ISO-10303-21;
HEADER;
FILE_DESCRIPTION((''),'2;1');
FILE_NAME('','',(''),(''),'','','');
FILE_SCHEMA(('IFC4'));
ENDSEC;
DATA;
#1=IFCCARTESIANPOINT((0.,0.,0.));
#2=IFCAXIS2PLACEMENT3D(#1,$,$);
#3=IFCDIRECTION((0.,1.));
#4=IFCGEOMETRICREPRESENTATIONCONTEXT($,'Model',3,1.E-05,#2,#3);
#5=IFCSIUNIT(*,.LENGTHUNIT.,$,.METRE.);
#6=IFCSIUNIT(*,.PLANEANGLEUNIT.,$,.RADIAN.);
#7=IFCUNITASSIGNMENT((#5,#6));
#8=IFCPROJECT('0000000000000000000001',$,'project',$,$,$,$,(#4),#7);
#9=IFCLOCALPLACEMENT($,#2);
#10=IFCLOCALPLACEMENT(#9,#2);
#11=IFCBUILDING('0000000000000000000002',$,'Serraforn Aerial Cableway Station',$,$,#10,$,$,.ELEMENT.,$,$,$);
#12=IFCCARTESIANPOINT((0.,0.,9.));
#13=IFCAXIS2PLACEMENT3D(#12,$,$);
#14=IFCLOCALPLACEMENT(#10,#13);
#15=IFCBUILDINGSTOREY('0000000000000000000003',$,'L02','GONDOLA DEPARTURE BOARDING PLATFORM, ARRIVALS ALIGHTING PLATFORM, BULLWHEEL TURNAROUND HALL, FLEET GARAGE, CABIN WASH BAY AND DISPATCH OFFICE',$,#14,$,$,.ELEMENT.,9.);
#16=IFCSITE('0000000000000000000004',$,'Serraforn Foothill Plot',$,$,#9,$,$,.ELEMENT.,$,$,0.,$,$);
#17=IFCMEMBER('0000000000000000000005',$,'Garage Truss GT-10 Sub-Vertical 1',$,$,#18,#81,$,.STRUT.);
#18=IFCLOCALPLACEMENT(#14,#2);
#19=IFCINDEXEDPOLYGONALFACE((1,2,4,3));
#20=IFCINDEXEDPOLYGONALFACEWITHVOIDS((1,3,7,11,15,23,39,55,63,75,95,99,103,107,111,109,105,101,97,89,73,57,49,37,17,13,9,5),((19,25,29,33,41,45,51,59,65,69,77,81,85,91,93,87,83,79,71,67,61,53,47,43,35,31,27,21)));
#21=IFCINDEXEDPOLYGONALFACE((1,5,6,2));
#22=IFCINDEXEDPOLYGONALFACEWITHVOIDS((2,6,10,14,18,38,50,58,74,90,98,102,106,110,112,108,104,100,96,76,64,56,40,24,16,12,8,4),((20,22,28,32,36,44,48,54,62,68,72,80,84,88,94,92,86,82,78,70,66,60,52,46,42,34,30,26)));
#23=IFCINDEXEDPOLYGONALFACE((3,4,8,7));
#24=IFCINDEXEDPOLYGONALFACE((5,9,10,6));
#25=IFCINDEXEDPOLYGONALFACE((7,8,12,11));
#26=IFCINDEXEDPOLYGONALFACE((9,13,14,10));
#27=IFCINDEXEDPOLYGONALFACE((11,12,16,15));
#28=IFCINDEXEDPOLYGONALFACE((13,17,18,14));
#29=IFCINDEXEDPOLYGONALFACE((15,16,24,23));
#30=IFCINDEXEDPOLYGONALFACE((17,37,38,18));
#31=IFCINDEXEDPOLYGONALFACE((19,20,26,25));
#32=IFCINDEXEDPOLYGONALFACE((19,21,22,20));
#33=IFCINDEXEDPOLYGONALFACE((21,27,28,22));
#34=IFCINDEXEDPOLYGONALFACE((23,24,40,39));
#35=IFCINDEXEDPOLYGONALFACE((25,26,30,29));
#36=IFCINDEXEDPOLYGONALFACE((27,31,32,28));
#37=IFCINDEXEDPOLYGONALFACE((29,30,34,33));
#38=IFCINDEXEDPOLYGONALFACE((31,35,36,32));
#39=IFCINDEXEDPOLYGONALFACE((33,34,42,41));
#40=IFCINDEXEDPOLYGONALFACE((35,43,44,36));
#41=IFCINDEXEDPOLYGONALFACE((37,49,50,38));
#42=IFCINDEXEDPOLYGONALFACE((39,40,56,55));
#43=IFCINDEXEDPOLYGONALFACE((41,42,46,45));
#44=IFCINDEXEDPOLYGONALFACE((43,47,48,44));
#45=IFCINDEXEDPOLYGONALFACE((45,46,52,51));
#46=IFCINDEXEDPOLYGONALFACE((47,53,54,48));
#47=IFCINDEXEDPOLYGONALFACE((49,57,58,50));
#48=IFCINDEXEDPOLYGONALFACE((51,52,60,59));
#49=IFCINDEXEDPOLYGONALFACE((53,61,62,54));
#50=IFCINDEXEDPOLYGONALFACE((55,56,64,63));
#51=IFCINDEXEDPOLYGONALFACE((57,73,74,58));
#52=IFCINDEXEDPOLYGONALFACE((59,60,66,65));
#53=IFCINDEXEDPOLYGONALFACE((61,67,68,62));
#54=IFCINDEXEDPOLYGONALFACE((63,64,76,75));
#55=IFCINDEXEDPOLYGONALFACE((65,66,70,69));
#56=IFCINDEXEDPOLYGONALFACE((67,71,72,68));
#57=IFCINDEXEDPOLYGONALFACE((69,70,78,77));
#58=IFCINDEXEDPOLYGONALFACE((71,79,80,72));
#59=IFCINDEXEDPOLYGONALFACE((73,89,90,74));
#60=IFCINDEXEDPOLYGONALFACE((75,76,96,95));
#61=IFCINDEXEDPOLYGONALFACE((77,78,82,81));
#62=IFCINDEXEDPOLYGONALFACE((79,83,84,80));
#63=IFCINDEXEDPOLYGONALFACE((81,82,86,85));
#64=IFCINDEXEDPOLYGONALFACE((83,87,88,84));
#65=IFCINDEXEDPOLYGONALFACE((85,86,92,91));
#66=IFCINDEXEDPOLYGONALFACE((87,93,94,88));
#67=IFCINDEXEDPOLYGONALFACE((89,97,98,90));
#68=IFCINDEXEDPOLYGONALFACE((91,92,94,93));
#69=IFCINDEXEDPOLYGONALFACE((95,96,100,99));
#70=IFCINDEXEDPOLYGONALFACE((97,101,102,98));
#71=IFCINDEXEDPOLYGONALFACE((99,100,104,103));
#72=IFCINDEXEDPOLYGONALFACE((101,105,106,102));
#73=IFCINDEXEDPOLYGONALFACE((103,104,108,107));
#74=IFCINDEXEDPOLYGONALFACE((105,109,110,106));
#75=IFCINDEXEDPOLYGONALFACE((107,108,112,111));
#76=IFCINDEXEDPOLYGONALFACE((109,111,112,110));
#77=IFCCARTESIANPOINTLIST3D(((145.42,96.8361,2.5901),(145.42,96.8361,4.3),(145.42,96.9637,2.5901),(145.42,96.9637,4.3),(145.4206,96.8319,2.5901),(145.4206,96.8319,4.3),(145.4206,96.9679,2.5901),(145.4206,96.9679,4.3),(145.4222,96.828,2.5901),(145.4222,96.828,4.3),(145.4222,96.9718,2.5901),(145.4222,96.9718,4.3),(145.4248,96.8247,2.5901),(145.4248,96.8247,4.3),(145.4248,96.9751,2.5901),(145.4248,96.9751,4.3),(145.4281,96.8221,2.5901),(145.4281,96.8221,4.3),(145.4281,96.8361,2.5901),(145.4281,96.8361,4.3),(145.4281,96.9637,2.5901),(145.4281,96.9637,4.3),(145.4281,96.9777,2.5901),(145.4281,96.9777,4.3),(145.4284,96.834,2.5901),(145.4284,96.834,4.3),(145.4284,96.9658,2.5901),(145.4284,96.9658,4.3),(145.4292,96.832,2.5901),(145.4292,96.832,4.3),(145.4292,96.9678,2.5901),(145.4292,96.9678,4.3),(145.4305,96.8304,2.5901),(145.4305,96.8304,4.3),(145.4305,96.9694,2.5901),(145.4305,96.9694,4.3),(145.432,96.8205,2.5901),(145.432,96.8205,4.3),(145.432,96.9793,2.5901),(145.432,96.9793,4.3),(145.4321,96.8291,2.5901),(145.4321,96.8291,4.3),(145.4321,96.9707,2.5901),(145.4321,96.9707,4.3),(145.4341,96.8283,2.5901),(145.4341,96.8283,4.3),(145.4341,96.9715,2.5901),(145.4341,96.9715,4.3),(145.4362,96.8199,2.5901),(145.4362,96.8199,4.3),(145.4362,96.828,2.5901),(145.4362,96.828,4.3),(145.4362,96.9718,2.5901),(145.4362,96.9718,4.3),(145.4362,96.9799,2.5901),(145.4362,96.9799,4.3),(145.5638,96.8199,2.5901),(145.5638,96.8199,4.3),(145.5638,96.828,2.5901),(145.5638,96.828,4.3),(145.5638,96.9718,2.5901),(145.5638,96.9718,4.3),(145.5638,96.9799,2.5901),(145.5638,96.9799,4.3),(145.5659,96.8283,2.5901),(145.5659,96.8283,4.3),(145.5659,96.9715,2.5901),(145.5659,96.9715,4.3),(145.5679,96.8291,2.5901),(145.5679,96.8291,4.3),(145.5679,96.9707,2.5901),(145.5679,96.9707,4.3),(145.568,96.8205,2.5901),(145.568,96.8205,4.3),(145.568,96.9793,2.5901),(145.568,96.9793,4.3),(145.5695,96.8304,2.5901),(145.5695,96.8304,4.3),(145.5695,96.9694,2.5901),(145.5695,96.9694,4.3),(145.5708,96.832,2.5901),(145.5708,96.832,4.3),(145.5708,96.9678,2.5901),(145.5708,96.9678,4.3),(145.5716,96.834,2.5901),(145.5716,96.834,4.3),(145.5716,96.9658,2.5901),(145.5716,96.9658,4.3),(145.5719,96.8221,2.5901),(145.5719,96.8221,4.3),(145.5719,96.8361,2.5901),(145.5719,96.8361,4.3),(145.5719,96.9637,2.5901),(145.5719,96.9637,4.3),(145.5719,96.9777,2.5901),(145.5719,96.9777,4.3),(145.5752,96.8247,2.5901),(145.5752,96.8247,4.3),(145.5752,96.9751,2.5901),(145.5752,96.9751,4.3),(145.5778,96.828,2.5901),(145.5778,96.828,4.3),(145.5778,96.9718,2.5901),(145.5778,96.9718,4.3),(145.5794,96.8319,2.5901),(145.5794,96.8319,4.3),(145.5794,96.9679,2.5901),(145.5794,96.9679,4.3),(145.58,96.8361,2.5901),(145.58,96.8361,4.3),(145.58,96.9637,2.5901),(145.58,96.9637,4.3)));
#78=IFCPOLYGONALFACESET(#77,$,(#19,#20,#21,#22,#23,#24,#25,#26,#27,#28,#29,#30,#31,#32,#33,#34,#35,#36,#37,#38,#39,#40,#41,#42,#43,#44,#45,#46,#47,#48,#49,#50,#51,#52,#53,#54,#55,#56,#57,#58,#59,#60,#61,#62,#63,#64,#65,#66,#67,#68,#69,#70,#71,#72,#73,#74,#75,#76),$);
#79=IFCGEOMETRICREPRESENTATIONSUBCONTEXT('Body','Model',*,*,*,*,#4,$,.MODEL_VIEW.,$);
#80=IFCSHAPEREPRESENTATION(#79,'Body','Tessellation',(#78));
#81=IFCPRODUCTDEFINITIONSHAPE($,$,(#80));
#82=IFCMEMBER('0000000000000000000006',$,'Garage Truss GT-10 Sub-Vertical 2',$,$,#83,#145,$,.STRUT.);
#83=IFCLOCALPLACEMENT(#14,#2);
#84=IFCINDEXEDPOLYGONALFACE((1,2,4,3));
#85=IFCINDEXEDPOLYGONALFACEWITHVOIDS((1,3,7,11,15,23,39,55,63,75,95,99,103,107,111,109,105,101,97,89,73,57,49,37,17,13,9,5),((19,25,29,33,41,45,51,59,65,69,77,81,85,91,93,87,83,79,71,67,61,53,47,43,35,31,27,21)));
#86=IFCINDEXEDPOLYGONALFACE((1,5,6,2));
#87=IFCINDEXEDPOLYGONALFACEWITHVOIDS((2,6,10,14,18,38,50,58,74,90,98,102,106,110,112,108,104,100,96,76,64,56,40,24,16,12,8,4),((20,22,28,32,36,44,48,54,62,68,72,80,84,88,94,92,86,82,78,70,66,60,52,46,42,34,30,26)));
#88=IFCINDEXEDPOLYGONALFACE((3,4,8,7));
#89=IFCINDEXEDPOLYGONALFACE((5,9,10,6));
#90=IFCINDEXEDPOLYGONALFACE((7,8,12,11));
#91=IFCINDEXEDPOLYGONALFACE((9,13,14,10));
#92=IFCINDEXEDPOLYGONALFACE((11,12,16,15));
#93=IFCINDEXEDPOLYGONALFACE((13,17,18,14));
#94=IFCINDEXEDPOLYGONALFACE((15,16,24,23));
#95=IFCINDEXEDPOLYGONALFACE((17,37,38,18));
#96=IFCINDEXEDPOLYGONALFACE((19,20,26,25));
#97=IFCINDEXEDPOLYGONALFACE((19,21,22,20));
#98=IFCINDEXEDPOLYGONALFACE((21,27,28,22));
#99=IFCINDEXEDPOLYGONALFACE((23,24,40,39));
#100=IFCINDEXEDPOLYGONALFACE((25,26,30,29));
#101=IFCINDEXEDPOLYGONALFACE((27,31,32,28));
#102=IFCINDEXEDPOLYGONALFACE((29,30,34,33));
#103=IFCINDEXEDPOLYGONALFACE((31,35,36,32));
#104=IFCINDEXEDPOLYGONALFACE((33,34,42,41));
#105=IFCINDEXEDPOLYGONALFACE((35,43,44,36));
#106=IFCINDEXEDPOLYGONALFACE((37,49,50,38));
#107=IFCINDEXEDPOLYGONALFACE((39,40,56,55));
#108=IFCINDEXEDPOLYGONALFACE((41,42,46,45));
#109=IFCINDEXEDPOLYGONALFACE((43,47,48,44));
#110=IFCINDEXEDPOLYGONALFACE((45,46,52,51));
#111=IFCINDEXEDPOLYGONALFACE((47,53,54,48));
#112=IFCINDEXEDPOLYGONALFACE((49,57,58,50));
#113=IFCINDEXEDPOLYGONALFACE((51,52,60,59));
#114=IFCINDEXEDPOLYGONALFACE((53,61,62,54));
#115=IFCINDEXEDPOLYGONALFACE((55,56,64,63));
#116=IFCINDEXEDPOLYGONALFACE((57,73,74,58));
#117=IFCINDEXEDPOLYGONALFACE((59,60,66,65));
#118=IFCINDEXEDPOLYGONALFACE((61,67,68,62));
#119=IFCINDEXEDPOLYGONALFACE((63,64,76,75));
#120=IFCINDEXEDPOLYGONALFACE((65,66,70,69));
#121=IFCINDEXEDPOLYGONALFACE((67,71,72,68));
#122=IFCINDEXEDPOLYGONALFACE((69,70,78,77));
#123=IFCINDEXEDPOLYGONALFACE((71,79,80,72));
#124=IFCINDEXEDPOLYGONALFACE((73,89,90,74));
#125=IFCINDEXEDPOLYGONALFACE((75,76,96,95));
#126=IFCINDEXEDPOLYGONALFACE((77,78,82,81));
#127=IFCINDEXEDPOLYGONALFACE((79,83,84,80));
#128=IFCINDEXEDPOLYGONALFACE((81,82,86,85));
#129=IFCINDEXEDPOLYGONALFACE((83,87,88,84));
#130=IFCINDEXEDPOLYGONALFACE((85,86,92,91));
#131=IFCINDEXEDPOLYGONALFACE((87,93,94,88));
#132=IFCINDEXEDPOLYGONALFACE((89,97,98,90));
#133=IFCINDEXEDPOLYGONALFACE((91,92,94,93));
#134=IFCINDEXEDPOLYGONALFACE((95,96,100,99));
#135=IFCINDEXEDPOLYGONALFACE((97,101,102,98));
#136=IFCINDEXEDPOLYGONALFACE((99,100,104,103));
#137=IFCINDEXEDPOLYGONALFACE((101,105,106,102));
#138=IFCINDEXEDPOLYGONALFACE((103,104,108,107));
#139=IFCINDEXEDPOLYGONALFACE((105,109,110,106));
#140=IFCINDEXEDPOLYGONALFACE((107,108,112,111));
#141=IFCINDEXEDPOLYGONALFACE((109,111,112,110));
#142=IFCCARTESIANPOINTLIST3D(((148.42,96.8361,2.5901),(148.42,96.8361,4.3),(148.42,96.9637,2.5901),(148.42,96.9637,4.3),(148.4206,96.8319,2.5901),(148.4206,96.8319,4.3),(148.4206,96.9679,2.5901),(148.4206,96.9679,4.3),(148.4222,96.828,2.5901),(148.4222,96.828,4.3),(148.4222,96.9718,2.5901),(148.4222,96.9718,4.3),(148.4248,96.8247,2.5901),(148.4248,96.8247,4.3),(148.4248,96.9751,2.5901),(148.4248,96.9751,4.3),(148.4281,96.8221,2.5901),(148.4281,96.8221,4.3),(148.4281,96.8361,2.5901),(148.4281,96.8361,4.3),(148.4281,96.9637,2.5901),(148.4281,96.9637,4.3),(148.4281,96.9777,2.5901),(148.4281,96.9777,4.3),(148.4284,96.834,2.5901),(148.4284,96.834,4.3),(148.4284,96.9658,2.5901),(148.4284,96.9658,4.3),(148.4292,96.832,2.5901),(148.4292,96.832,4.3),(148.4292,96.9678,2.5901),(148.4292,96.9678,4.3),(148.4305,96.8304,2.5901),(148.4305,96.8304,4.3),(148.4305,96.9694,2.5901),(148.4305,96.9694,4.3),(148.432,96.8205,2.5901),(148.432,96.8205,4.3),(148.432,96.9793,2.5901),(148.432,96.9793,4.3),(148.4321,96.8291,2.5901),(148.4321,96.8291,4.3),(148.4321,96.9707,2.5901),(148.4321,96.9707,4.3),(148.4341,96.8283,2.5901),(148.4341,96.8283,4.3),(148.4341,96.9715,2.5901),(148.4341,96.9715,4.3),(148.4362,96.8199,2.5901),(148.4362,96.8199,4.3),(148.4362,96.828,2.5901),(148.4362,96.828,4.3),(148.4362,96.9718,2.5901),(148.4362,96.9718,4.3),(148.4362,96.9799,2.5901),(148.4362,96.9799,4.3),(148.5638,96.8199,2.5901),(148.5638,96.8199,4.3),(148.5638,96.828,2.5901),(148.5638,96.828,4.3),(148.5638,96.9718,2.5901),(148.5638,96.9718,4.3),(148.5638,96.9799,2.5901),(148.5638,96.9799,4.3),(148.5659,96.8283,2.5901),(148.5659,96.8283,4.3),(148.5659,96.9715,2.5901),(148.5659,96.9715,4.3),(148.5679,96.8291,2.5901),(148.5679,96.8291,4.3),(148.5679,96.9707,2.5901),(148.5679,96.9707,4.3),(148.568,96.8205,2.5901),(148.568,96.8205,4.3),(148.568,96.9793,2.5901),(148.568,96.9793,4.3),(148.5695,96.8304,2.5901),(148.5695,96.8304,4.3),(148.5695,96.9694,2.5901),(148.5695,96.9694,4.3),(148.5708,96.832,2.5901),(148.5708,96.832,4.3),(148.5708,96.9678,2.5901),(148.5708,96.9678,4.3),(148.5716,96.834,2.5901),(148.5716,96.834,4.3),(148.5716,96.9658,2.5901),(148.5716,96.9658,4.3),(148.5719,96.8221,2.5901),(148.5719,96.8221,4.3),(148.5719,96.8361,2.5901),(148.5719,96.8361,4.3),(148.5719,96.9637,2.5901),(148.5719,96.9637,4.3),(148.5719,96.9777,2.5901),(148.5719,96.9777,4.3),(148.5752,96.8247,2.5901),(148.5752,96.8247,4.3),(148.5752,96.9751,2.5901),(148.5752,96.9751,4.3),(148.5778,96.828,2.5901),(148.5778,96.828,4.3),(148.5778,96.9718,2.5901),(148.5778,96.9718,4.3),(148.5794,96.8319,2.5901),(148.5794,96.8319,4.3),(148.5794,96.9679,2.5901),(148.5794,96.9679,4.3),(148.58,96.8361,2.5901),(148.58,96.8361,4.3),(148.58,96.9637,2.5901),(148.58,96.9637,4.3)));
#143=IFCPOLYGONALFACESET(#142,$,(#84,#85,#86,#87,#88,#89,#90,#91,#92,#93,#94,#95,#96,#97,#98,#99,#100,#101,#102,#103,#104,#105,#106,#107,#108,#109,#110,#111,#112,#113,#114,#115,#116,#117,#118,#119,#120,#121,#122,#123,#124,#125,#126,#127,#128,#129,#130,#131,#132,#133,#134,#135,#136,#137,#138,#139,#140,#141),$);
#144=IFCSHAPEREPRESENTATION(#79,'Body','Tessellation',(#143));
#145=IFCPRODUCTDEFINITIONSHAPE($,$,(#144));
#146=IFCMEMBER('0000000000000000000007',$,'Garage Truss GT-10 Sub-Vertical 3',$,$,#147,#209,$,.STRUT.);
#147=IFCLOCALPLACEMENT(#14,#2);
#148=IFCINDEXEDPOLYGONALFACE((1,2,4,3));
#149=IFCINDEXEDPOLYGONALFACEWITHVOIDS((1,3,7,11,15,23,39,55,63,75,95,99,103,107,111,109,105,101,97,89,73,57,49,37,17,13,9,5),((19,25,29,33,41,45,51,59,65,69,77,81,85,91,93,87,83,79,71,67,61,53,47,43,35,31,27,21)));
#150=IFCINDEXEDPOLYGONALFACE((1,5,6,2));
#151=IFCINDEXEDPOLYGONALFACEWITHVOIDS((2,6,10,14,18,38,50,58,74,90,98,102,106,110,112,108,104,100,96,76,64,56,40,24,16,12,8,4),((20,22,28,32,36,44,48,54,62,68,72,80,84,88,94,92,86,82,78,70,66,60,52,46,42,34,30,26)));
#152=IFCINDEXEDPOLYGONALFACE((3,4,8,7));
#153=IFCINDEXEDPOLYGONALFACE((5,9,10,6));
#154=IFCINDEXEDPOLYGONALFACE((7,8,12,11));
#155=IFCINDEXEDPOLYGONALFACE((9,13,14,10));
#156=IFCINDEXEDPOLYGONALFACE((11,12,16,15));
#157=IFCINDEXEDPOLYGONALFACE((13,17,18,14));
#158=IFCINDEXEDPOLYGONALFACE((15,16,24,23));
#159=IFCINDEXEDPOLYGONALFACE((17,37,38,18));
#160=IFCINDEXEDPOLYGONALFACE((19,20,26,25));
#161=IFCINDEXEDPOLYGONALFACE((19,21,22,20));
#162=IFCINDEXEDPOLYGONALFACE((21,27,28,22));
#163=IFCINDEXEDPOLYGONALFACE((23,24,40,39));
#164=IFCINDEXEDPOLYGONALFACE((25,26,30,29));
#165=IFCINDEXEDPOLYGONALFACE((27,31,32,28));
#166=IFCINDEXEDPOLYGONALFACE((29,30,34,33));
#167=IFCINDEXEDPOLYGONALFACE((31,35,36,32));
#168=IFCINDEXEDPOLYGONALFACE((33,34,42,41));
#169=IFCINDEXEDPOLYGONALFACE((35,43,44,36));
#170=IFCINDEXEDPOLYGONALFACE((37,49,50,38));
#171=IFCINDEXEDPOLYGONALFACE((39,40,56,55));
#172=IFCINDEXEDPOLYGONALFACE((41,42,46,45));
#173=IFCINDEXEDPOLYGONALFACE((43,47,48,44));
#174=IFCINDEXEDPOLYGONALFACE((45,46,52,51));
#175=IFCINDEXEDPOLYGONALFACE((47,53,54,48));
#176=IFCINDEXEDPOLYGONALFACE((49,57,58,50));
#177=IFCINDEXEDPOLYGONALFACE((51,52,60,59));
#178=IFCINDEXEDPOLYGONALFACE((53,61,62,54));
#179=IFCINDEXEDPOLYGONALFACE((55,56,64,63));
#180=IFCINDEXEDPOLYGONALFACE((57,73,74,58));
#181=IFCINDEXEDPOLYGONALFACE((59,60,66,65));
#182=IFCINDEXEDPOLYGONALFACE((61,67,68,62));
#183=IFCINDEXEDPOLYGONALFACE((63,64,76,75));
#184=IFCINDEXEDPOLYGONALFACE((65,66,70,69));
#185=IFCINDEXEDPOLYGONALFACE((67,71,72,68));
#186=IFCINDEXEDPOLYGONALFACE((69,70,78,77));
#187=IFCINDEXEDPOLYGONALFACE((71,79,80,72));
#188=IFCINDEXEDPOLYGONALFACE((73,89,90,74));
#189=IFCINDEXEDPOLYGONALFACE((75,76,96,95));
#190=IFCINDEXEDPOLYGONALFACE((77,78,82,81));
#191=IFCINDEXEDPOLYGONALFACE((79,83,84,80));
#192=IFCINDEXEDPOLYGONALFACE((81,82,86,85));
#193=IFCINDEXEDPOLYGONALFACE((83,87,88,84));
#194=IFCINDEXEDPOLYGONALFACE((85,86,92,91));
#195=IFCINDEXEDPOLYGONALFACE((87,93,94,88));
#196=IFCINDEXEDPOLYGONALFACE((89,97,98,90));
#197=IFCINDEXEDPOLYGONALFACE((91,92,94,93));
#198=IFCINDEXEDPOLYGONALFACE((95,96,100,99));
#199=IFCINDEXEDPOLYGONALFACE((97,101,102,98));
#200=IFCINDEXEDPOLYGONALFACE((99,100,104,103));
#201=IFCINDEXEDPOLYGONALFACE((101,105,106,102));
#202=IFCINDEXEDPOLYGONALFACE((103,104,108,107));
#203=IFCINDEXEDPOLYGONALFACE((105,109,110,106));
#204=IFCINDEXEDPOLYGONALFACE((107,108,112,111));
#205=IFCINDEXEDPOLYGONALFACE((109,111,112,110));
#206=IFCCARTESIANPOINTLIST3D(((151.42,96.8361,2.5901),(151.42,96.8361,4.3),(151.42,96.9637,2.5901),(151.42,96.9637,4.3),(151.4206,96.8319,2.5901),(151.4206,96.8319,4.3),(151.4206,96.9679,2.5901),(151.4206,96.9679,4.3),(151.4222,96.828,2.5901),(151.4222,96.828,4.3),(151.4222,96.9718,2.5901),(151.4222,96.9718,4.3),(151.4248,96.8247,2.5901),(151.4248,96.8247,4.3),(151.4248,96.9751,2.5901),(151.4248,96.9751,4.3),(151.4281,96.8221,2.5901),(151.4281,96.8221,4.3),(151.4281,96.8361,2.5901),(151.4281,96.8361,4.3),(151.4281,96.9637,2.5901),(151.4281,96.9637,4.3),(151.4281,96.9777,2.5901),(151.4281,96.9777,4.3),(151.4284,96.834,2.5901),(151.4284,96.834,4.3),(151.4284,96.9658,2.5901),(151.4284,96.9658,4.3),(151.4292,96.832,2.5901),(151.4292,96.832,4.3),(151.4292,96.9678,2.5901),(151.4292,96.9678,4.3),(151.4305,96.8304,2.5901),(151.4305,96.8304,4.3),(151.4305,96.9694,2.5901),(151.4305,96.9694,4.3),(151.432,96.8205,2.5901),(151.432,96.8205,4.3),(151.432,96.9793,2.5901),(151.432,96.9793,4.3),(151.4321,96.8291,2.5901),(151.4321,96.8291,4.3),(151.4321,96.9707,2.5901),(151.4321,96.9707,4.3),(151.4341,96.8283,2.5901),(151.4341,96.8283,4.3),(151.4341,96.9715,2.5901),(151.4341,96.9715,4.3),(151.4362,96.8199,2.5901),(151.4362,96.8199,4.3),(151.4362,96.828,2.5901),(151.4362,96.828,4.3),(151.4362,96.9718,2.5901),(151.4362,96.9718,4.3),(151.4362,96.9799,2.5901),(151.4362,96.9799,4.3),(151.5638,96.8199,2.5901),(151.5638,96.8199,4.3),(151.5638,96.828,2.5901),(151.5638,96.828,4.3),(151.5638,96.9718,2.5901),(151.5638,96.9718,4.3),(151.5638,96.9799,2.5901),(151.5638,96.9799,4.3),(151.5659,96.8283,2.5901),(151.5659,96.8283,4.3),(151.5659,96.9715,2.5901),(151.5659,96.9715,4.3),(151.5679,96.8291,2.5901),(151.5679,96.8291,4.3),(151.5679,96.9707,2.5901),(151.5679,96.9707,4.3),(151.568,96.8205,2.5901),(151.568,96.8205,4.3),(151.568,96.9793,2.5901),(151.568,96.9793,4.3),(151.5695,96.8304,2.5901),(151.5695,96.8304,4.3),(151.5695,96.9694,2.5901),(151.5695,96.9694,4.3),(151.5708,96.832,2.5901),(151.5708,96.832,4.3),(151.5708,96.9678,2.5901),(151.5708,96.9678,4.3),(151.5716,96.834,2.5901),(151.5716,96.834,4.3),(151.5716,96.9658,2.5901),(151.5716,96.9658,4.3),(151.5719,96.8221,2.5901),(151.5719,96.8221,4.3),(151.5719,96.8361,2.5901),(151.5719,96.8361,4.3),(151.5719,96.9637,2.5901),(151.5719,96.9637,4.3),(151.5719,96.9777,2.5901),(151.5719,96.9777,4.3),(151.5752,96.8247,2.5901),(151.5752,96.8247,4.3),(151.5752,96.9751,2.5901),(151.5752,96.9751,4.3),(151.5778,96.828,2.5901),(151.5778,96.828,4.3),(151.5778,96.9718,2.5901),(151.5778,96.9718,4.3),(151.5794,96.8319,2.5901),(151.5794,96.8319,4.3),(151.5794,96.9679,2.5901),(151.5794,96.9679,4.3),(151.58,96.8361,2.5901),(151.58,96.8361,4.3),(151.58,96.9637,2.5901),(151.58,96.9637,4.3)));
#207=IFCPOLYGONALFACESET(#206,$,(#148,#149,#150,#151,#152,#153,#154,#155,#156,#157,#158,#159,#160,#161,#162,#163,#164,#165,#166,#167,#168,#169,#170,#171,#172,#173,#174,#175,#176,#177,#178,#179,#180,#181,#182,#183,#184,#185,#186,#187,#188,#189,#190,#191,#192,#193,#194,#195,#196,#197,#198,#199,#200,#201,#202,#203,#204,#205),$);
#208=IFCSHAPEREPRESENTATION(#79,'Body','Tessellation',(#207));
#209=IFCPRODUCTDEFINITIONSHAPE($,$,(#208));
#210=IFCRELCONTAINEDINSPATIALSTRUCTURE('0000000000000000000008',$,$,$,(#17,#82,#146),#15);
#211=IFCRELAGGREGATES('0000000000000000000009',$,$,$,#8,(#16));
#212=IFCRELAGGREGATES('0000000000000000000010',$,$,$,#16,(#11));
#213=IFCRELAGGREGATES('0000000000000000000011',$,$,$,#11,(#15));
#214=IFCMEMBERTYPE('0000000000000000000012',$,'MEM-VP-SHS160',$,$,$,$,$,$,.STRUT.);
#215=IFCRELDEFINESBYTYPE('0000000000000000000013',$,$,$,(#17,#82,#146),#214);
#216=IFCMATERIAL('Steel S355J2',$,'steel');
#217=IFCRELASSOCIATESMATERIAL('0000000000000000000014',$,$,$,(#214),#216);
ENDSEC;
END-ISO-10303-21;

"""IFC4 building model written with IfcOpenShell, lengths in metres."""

from ifc_helpers import new_model, si_unit, direction, frame, origin, origin_2d, place, context, subcontext, project, spatial, hollow_rectangle, extrude, material, material_profile, profile_set, type_object, element, save


model = new_model("IFC4")

# Units and contexts
model_context = context("Model", 3, precision=1e-05, world=origin(), true_north=direction((0.0, 1.0)))
body_context = subcontext(model_context, "Body", "Model", "MODEL_VIEW")
ifc_project = project(units=[si_unit("LENGTHUNIT", "METRE"), si_unit("PLANEANGLEUNIT", "RADIAN")], contexts=[model_context])

# Site, building, storey
site_placement = place(None, origin())
site = spatial("IfcSite", under=ifc_project, at=site_placement, Name="Serraforn Foothill Plot", CompositionType="ELEMENT", RefElevation=0.0)
building_placement = place(site_placement, origin())
building = spatial("IfcBuilding", under=site, at=building_placement, Name="Serraforn Aerial Cableway Station", CompositionType="ELEMENT")
storey_placement = place(building_placement, frame((0.0, 0.0, 9.0)))
storey = spatial("IfcBuildingStorey", under=building, at=storey_placement, Name="L02", Description="GONDOLA DEPARTURE BOARDING PLATFORM, ARRIVALS ALIGHTING PLATFORM, BULLWHEEL TURNAROUND HALL, FLEET GARAGE, CABIN WASH BAY AND DISPATCH OFFICE", CompositionType="ELEMENT", Elevation=9.0)

# Members
ifc_material_1 = material(Name="Steel S355J2", Category="steel")
ifc_material_profile_1 = material_profile(ifc_material_1, hollow_rectangle(XDim=0.1599, YDim=0.1599, WallThickness=0.0081, InnerFilletRadius=0.0081, OuterFilletRadius=0.0161, at=origin_2d()), Name="SHS 160x160x8.0")
ifc_profile_set_1 = profile_set([ifc_material_profile_1], Name="Steel S355J2")
member_type_1 = type_object("IfcMemberType", Name="MEM-VP-SHS160", PredefinedType="STRUT", material=ifc_profile_set_1)
for number, where, z_axis, x_axis, name in (
    (1, (145.5, 96.8999, 2.5901), (0.0, 0.0, 1.0), (1.0, 0.0, 0.0), "Garage Truss GT-10 Sub-Vertical 1"),
    (2, (148.5, 96.8999, 2.5901), (0.0, 0.0, 1.0), (1.0, 0.0, 0.0), "Garage Truss GT-10 Sub-Vertical 2"),
    (3, (151.5, 96.8999, 2.5901), (0.0, 0.0, 1.0), (1.0, 0.0, 0.0), "Garage Truss GT-10 Sub-Vertical 3"),
):
    element("IfcMember", number, at=place(storey_placement, frame(where, z_axis=z_axis, x_axis=x_axis)), inside=storey, type_object=member_type_1, Name=name, PredefinedType="STRUT", context=body_context, shape_type="SweptSolid", body=[
        extrude(hollow_rectangle(XDim=0.1599, YDim=0.1599, WallThickness=0.0081, InnerFilletRadius=0.0081, OuterFilletRadius=0.0161, at=origin_2d()), origin(), (0.0, 0.0, 1.0), 1.71),
    ])

save(model, "model.ifc")
